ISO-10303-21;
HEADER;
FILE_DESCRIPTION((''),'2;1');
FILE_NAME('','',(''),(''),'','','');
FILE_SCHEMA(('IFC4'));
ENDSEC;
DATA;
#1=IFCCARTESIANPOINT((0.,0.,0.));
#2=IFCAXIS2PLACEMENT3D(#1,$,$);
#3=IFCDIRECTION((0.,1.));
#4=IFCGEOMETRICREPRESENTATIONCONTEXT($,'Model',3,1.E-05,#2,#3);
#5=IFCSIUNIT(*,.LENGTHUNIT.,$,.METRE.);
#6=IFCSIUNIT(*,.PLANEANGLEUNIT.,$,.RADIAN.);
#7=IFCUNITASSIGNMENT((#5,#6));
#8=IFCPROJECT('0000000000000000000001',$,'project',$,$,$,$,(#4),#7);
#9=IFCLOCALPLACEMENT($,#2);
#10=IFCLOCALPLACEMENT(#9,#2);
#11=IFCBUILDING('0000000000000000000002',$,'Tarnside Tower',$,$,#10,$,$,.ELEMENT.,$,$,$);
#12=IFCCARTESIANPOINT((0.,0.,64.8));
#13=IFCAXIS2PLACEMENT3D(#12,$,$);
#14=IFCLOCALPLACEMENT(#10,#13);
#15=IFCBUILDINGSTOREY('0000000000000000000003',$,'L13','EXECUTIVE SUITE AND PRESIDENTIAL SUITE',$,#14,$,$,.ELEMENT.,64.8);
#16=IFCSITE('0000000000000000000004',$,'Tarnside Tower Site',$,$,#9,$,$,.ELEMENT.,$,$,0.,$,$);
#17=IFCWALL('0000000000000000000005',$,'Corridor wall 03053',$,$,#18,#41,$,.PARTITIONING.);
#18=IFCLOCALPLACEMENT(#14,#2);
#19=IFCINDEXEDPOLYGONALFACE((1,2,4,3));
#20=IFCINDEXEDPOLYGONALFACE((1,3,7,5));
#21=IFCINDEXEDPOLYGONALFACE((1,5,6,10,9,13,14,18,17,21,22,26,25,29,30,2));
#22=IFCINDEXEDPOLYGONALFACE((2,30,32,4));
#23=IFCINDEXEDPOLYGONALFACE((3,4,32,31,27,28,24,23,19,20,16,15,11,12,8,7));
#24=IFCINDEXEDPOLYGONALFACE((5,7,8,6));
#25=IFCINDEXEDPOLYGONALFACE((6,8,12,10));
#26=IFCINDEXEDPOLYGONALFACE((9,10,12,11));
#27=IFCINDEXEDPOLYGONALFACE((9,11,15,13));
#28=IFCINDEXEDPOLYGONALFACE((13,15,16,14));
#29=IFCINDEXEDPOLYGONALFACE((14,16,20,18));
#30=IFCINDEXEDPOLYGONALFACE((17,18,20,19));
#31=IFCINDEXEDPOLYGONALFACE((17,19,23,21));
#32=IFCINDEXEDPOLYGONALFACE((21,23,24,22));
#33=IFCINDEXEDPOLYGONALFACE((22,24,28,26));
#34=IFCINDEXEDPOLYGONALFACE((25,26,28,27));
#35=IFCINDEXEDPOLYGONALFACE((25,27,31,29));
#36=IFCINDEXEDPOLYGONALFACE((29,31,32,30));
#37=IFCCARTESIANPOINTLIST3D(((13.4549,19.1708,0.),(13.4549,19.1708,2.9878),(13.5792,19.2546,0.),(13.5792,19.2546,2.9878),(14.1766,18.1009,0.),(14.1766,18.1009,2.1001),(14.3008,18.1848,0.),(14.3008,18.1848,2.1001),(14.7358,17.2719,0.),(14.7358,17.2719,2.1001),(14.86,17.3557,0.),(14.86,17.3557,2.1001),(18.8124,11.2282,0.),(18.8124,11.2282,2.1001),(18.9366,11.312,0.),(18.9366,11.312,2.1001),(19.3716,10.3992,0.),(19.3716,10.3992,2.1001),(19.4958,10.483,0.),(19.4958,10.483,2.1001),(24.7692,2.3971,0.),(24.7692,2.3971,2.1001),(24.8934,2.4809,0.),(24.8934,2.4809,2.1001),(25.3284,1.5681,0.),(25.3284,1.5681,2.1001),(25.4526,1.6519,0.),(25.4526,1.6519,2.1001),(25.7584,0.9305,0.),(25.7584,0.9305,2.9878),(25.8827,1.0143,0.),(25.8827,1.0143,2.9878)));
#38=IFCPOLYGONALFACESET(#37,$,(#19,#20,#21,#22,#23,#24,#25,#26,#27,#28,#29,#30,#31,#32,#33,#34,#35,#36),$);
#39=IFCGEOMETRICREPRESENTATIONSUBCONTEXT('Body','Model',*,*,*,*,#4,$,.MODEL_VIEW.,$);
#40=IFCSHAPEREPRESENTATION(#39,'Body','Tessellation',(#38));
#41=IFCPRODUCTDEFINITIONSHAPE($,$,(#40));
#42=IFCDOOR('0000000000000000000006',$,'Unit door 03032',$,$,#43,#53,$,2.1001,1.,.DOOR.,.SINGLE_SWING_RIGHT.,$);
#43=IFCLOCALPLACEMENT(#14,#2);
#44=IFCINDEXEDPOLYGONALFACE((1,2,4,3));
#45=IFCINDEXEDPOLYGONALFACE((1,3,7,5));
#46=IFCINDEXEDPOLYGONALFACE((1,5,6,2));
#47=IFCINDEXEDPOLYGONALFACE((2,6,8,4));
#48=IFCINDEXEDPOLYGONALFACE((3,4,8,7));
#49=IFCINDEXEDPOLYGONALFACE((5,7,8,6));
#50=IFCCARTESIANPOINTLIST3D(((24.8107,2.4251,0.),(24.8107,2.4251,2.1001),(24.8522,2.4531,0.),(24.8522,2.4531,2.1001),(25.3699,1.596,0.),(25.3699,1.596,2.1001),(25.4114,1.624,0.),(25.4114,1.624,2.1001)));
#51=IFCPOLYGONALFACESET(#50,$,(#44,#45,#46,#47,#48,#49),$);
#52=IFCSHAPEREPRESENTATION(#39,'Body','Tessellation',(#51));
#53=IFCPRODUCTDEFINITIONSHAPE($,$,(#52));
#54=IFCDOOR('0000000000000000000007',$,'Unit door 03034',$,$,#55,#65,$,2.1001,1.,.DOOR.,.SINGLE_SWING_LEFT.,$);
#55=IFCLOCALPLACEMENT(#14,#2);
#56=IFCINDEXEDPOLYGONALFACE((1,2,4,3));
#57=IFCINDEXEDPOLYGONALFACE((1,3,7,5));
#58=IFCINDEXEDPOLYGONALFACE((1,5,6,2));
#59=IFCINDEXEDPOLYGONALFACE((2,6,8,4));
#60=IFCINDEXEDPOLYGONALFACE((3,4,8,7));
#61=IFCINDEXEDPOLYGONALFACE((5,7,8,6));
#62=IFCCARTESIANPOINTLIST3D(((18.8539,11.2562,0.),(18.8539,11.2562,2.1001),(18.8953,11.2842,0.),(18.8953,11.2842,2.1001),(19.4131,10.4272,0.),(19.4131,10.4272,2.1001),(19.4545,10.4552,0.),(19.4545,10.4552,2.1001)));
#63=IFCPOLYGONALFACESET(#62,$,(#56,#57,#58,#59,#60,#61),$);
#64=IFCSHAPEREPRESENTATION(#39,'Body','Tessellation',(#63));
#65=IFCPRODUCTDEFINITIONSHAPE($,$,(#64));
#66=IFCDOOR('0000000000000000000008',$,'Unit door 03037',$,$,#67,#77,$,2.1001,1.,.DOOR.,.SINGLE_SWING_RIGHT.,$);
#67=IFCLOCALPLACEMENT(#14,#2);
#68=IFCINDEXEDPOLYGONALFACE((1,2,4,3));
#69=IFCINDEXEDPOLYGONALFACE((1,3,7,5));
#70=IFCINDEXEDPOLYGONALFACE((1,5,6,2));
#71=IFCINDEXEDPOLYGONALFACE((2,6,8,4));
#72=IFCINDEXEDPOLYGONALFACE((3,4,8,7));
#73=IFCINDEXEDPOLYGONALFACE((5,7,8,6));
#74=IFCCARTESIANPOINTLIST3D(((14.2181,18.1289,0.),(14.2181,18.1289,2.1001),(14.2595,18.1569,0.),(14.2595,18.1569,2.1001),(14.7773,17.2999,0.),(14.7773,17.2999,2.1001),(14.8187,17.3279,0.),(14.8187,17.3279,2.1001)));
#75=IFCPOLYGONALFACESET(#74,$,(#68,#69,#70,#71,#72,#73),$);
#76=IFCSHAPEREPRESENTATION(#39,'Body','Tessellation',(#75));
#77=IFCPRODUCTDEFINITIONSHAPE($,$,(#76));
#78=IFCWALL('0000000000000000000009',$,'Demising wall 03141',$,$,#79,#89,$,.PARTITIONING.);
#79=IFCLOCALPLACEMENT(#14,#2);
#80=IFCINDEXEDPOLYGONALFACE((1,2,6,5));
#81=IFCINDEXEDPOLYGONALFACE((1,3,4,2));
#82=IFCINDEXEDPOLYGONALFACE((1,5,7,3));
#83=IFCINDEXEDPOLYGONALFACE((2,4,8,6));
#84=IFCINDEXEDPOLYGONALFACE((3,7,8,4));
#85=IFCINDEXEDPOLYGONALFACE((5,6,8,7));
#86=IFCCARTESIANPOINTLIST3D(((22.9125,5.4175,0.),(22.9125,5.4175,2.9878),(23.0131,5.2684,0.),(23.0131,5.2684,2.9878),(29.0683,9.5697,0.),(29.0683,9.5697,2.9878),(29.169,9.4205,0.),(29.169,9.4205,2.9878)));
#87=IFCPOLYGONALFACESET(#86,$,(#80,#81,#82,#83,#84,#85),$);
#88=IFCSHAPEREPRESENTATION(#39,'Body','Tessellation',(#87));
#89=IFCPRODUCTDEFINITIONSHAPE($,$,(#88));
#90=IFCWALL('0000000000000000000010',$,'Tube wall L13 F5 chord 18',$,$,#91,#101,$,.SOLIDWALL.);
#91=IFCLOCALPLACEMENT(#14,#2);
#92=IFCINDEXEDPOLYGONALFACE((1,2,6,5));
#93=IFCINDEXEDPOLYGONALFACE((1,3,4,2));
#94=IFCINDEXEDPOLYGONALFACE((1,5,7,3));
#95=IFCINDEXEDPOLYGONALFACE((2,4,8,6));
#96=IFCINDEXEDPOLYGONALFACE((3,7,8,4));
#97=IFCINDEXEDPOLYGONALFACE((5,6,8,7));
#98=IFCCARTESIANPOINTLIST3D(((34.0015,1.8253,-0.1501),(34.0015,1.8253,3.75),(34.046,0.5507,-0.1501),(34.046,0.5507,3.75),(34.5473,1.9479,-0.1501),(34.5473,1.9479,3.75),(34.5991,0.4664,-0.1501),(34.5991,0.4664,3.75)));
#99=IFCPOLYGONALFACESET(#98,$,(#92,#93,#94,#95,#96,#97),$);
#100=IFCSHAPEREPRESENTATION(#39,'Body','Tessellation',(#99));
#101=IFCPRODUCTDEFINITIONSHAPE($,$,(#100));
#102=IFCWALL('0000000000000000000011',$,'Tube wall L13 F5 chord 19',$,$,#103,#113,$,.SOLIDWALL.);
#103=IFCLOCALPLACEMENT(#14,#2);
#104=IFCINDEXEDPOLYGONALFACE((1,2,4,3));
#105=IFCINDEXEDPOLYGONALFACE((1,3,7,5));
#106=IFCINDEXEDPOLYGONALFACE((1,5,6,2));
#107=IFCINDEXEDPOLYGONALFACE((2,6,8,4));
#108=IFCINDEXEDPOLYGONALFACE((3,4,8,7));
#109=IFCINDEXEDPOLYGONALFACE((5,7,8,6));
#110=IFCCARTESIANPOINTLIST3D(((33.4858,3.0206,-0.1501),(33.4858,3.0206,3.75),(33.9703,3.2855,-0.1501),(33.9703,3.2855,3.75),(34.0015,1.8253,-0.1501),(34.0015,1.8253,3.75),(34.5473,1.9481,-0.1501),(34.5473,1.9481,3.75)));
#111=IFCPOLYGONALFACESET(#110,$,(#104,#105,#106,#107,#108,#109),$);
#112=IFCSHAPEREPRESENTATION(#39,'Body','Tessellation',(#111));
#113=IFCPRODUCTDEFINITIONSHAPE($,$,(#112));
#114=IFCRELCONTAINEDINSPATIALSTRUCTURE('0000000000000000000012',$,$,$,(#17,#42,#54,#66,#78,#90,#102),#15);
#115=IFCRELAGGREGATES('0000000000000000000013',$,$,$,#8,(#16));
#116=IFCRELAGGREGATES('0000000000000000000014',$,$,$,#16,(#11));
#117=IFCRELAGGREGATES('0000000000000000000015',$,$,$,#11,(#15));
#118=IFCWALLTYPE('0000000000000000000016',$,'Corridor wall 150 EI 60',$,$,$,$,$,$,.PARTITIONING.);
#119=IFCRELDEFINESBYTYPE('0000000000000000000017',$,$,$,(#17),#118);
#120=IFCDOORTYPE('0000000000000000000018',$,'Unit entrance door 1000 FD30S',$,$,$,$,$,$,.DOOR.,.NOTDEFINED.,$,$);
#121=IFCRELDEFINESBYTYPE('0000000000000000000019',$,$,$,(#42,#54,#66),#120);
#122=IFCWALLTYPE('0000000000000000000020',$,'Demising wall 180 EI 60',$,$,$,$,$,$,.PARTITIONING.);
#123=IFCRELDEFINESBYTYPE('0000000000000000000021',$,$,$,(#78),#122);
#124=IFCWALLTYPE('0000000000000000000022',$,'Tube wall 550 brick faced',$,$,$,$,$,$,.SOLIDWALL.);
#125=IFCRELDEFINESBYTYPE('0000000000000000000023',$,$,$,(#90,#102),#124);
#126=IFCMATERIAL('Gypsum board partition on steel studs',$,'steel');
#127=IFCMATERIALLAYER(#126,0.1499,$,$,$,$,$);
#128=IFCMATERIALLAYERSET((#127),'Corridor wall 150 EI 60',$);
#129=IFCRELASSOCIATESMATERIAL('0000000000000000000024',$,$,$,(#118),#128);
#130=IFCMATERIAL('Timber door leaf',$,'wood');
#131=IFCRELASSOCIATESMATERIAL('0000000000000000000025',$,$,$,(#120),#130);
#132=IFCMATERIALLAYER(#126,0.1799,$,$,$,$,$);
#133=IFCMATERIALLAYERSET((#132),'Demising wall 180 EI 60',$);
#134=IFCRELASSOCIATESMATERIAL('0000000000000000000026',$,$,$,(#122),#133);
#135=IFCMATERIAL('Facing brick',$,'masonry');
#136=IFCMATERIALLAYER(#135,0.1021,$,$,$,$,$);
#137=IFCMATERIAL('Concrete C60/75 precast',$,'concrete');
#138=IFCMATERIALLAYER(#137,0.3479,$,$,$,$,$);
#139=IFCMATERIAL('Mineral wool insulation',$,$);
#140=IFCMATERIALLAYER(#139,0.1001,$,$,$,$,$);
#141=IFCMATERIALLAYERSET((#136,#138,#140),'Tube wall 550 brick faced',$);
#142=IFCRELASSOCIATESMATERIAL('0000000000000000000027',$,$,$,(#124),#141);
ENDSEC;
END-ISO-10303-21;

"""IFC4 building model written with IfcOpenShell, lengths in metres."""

from ifc_helpers import new_model, si_unit, direction, frame, frame_2d, origin, place, context, subcontext, project, spatial, polyline, rectangle, outline, extrude, material, layer, layer_set, type_object, element, fill, save


model = new_model("IFC4")

# Units and contexts
model_context = context("Model", 3, precision=1e-05, world=origin(), true_north=direction((0.0, 1.0)))
body_context = subcontext(model_context, "Body", "Model", "MODEL_VIEW")
ifc_project = project(units=[si_unit("LENGTHUNIT", "METRE"), si_unit("PLANEANGLEUNIT", "RADIAN")], contexts=[model_context])

# Site, building, storey
site_placement = place(None, origin())
site = spatial("IfcSite", under=ifc_project, at=site_placement, Name="Tarnside Tower Site", CompositionType="ELEMENT", RefElevation=0.0)
building_placement = place(site_placement, origin())
building = spatial("IfcBuilding", under=site, at=building_placement, Name="Tarnside Tower", CompositionType="ELEMENT")
storey_placement = place(building_placement, frame((0.0, 0.0, 64.8)))
storey = spatial("IfcBuildingStorey", under=building, at=storey_placement, Name="L13", Description="EXECUTIVE SUITE AND PRESIDENTIAL SUITE", CompositionType="ELEMENT", Elevation=64.8)

# Shared definitions
ifc_material_1 = material(Name="Gypsum board partition on steel studs", Category="steel")
ifc_material_2 = material(Name="Timber door leaf", Category="wood")

# Wall, openings, doors
ifc_layer_1 = layer(ifc_material_1, 0.1499)
ifc_layer_set_1 = layer_set([ifc_layer_1], Name="Corridor wall 150 EI 60")
wall_type_1 = type_object("IfcWallType", Name="Corridor wall 150 EI 60", PredefinedType="PARTITIONING", material=ifc_layer_set_1)
wall_1_placement = place(storey_placement, frame((25.8206, 0.9724, 0.0), z_axis=(0.0, 0.0, 1.0), x_axis=(-0.559201, 0.829032, 0.0)))
wall_1 = element("IfcWall", 1, at=wall_1_placement, inside=storey, type_object=wall_type_1, Name="Corridor wall 03053", PredefinedType="PARTITIONING", context=body_context, shape_type="SweptSolid", body=[
    extrude(rectangle(XDim=22.002, YDim=0.1499, at=frame_2d((11.001, 0.0))), origin(), (0.0, 0.0, 1.0), 2.9878),
])
opening_1_placement = place(wall_1_placement, frame((0.769, 0.0, 0.0)))
opening_1 = element("IfcOpeningElement", 2, at=opening_1_placement, cuts=wall_1, PredefinedType="OPENING", context=body_context, shape_type="SweptSolid", body=[
    extrude(rectangle(XDim=1.0, YDim=2.1001, at=frame_2d((0.5, 1.05))), frame((0.0, 0.085, 0.0), z_axis=(0.0, -1.0, 0.0), x_axis=(1.0, 0.0, 0.0)), (0.0, 0.0, 1.0), 0.1699),
])
opening_2_placement = place(wall_1_placement, frame((11.4214, 0.0, 0.0)))
opening_2 = element("IfcOpeningElement", 3, at=opening_2_placement, cuts=wall_1, PredefinedType="OPENING", context=body_context, shape_type="SweptSolid", body=[
    extrude(rectangle(XDim=1.0, YDim=2.1001, at=frame_2d((0.5, 1.05))), frame((0.0, 0.085, 0.0), z_axis=(0.0, -1.0, 0.0), x_axis=(1.0, 0.0, 0.0)), (0.0, 0.0, 1.0), 0.1699),
])
opening_3_placement = place(wall_1_placement, frame((19.7114, 0.0, 0.0)))
opening_3 = element("IfcOpeningElement", 4, at=opening_3_placement, cuts=wall_1, PredefinedType="OPENING", context=body_context, shape_type="SweptSolid", body=[
    extrude(rectangle(XDim=1.0, YDim=2.1001, at=frame_2d((0.5, 1.05))), frame((0.0, 0.085, 0.0), z_axis=(0.0, -1.0, 0.0), x_axis=(1.0, 0.0, 0.0)), (0.0, 0.0, 1.0), 0.1699),
])
door_type_1 = type_object("IfcDoorType", Name="Unit entrance door 1000 FD30S", OperationType="NOTDEFINED", PredefinedType="DOOR", material=ifc_material_2)
door_1_placement = place(opening_1_placement, origin())
door_1 = element("IfcDoor", 5, at=door_1_placement, inside=storey, type_object=door_type_1, Name="Unit door 03032", OperationType="SINGLE_SWING_RIGHT", OverallHeight=2.1001, OverallWidth=1.0, PredefinedType="DOOR", context=body_context, shape_type="SweptSolid", body=[
    extrude(rectangle(XDim=1.0, YDim=2.1001, at=frame_2d((0.5, 1.05))), frame((0.0, 0.0249, 0.0), z_axis=(0.0, -1.0, 0.0), x_axis=(1.0, 0.0, 0.0)), (0.0, 0.0, 1.0), 0.05),
])
fill(opening_1, door_1)
door_2_placement = place(opening_2_placement, origin())
door_2 = element("IfcDoor", 6, at=door_2_placement, inside=storey, type_object=door_type_1, Name="Unit door 03034", OperationType="SINGLE_SWING_LEFT", OverallHeight=2.1001, OverallWidth=1.0, PredefinedType="DOOR", context=body_context, shape_type="SweptSolid", body=[
    extrude(rectangle(XDim=1.0, YDim=2.1001, at=frame_2d((0.5, 1.05))), frame((0.0, 0.0249, 0.0), z_axis=(0.0, -1.0, 0.0), x_axis=(1.0, 0.0, 0.0)), (0.0, 0.0, 1.0), 0.05),
])
fill(opening_2, door_2)
door_3_placement = place(opening_3_placement, origin())
door_3 = element("IfcDoor", 7, at=door_3_placement, inside=storey, type_object=door_type_1, Name="Unit door 03037", OperationType="SINGLE_SWING_RIGHT", OverallHeight=2.1001, OverallWidth=1.0, PredefinedType="DOOR", context=body_context, shape_type="SweptSolid", body=[
    extrude(rectangle(XDim=1.0, YDim=2.1001, at=frame_2d((0.5, 1.05))), frame((0.0, 0.0249, 0.0), z_axis=(0.0, -1.0, 0.0), x_axis=(1.0, 0.0, 0.0)), (0.0, 0.0, 1.0), 0.05),
])
fill(opening_3, door_3)

# Walls
ifc_layer_2 = layer(ifc_material_1, 0.1799)
ifc_layer_set_2 = layer_set([ifc_layer_2], Name="Demising wall 180 EI 60")
wall_type_2 = type_object("IfcWallType", Name="Demising wall 180 EI 60", PredefinedType="PARTITIONING", material=ifc_layer_set_2)
wall_2_placement = place(storey_placement, frame((29.1187, 9.4951, 0.0), z_axis=(0.0, 0.0, 1.0), x_axis=(-0.829038, -0.559192, 0.0)))
element("IfcWall", 8, at=wall_2_placement, inside=storey, type_object=wall_type_2, Name="Demising wall 03141", PredefinedType="PARTITIONING", context=body_context, shape_type="SweptSolid", body=[
    extrude(rectangle(XDim=7.4253, YDim=0.1799, at=frame_2d((3.7126, 0.0))), origin(), (0.0, 0.0, 1.0), 2.9878),
])
ifc_material_3 = material(Name="Facing brick", Category="masonry")
ifc_layer_3 = layer(ifc_material_3, 0.1021)
ifc_material_4 = material(Name="Concrete C60/75 precast", Category="concrete")
ifc_layer_4 = layer(ifc_material_4, 0.3479)
ifc_material_5 = material(Name="Mineral wool insulation")
ifc_layer_5 = layer(ifc_material_5, 0.1001)
ifc_layer_set_3 = layer_set([ifc_layer_3, ifc_layer_4, ifc_layer_5], Name="Tube wall 550 brick faced")
wall_type_3 = type_object("IfcWallType", Name="Tube wall 550 brick faced", PredefinedType="SOLIDWALL", material=ifc_layer_set_3)
wall_3_placement = place(storey_placement, frame((34.3225, 0.5085, -0.1501), z_axis=(0.0, 0.0, 1.0), x_axis=(-0.034877, 0.999392, 0.0)))
element("IfcWall", 9, at=wall_3_placement, inside=storey, type_object=wall_type_3, Name="Tube wall L13 F5 chord 18", PredefinedType="SOLIDWALL", context=body_context, shape_type="SweptSolid", body=[
    extrude(outline(polyline([(-0.0518, -0.2749), (1.4307, -0.2749), (1.3271, 0.2749), (0.0518, 0.2749), (-0.0518, -0.2749)])), origin(), (0.0, 0.0, 1.0), 3.9001),
])
wall_4_placement = place(storey_placement, frame((34.2744, 1.8867, -0.1501), z_axis=(0.0, 0.0, 1.0), x_axis=(-0.396161, 0.918181, 0.0)))
element("IfcWall", 10, at=wall_4_placement, inside=storey, type_object=wall_type_3, Name="Tube wall L13 F5 chord 19", PredefinedType="SOLIDWALL", context=body_context, shape_type="SweptSolid", body=[
    extrude(outline(polyline([(-0.0518, -0.2749), (1.4048, -0.2749), (1.3535, 0.2749), (0.0518, 0.2749), (-0.0518, -0.2749)])), origin(), (0.0, 0.0, 1.0), 3.9001),
])

save(model, "model.ifc")
